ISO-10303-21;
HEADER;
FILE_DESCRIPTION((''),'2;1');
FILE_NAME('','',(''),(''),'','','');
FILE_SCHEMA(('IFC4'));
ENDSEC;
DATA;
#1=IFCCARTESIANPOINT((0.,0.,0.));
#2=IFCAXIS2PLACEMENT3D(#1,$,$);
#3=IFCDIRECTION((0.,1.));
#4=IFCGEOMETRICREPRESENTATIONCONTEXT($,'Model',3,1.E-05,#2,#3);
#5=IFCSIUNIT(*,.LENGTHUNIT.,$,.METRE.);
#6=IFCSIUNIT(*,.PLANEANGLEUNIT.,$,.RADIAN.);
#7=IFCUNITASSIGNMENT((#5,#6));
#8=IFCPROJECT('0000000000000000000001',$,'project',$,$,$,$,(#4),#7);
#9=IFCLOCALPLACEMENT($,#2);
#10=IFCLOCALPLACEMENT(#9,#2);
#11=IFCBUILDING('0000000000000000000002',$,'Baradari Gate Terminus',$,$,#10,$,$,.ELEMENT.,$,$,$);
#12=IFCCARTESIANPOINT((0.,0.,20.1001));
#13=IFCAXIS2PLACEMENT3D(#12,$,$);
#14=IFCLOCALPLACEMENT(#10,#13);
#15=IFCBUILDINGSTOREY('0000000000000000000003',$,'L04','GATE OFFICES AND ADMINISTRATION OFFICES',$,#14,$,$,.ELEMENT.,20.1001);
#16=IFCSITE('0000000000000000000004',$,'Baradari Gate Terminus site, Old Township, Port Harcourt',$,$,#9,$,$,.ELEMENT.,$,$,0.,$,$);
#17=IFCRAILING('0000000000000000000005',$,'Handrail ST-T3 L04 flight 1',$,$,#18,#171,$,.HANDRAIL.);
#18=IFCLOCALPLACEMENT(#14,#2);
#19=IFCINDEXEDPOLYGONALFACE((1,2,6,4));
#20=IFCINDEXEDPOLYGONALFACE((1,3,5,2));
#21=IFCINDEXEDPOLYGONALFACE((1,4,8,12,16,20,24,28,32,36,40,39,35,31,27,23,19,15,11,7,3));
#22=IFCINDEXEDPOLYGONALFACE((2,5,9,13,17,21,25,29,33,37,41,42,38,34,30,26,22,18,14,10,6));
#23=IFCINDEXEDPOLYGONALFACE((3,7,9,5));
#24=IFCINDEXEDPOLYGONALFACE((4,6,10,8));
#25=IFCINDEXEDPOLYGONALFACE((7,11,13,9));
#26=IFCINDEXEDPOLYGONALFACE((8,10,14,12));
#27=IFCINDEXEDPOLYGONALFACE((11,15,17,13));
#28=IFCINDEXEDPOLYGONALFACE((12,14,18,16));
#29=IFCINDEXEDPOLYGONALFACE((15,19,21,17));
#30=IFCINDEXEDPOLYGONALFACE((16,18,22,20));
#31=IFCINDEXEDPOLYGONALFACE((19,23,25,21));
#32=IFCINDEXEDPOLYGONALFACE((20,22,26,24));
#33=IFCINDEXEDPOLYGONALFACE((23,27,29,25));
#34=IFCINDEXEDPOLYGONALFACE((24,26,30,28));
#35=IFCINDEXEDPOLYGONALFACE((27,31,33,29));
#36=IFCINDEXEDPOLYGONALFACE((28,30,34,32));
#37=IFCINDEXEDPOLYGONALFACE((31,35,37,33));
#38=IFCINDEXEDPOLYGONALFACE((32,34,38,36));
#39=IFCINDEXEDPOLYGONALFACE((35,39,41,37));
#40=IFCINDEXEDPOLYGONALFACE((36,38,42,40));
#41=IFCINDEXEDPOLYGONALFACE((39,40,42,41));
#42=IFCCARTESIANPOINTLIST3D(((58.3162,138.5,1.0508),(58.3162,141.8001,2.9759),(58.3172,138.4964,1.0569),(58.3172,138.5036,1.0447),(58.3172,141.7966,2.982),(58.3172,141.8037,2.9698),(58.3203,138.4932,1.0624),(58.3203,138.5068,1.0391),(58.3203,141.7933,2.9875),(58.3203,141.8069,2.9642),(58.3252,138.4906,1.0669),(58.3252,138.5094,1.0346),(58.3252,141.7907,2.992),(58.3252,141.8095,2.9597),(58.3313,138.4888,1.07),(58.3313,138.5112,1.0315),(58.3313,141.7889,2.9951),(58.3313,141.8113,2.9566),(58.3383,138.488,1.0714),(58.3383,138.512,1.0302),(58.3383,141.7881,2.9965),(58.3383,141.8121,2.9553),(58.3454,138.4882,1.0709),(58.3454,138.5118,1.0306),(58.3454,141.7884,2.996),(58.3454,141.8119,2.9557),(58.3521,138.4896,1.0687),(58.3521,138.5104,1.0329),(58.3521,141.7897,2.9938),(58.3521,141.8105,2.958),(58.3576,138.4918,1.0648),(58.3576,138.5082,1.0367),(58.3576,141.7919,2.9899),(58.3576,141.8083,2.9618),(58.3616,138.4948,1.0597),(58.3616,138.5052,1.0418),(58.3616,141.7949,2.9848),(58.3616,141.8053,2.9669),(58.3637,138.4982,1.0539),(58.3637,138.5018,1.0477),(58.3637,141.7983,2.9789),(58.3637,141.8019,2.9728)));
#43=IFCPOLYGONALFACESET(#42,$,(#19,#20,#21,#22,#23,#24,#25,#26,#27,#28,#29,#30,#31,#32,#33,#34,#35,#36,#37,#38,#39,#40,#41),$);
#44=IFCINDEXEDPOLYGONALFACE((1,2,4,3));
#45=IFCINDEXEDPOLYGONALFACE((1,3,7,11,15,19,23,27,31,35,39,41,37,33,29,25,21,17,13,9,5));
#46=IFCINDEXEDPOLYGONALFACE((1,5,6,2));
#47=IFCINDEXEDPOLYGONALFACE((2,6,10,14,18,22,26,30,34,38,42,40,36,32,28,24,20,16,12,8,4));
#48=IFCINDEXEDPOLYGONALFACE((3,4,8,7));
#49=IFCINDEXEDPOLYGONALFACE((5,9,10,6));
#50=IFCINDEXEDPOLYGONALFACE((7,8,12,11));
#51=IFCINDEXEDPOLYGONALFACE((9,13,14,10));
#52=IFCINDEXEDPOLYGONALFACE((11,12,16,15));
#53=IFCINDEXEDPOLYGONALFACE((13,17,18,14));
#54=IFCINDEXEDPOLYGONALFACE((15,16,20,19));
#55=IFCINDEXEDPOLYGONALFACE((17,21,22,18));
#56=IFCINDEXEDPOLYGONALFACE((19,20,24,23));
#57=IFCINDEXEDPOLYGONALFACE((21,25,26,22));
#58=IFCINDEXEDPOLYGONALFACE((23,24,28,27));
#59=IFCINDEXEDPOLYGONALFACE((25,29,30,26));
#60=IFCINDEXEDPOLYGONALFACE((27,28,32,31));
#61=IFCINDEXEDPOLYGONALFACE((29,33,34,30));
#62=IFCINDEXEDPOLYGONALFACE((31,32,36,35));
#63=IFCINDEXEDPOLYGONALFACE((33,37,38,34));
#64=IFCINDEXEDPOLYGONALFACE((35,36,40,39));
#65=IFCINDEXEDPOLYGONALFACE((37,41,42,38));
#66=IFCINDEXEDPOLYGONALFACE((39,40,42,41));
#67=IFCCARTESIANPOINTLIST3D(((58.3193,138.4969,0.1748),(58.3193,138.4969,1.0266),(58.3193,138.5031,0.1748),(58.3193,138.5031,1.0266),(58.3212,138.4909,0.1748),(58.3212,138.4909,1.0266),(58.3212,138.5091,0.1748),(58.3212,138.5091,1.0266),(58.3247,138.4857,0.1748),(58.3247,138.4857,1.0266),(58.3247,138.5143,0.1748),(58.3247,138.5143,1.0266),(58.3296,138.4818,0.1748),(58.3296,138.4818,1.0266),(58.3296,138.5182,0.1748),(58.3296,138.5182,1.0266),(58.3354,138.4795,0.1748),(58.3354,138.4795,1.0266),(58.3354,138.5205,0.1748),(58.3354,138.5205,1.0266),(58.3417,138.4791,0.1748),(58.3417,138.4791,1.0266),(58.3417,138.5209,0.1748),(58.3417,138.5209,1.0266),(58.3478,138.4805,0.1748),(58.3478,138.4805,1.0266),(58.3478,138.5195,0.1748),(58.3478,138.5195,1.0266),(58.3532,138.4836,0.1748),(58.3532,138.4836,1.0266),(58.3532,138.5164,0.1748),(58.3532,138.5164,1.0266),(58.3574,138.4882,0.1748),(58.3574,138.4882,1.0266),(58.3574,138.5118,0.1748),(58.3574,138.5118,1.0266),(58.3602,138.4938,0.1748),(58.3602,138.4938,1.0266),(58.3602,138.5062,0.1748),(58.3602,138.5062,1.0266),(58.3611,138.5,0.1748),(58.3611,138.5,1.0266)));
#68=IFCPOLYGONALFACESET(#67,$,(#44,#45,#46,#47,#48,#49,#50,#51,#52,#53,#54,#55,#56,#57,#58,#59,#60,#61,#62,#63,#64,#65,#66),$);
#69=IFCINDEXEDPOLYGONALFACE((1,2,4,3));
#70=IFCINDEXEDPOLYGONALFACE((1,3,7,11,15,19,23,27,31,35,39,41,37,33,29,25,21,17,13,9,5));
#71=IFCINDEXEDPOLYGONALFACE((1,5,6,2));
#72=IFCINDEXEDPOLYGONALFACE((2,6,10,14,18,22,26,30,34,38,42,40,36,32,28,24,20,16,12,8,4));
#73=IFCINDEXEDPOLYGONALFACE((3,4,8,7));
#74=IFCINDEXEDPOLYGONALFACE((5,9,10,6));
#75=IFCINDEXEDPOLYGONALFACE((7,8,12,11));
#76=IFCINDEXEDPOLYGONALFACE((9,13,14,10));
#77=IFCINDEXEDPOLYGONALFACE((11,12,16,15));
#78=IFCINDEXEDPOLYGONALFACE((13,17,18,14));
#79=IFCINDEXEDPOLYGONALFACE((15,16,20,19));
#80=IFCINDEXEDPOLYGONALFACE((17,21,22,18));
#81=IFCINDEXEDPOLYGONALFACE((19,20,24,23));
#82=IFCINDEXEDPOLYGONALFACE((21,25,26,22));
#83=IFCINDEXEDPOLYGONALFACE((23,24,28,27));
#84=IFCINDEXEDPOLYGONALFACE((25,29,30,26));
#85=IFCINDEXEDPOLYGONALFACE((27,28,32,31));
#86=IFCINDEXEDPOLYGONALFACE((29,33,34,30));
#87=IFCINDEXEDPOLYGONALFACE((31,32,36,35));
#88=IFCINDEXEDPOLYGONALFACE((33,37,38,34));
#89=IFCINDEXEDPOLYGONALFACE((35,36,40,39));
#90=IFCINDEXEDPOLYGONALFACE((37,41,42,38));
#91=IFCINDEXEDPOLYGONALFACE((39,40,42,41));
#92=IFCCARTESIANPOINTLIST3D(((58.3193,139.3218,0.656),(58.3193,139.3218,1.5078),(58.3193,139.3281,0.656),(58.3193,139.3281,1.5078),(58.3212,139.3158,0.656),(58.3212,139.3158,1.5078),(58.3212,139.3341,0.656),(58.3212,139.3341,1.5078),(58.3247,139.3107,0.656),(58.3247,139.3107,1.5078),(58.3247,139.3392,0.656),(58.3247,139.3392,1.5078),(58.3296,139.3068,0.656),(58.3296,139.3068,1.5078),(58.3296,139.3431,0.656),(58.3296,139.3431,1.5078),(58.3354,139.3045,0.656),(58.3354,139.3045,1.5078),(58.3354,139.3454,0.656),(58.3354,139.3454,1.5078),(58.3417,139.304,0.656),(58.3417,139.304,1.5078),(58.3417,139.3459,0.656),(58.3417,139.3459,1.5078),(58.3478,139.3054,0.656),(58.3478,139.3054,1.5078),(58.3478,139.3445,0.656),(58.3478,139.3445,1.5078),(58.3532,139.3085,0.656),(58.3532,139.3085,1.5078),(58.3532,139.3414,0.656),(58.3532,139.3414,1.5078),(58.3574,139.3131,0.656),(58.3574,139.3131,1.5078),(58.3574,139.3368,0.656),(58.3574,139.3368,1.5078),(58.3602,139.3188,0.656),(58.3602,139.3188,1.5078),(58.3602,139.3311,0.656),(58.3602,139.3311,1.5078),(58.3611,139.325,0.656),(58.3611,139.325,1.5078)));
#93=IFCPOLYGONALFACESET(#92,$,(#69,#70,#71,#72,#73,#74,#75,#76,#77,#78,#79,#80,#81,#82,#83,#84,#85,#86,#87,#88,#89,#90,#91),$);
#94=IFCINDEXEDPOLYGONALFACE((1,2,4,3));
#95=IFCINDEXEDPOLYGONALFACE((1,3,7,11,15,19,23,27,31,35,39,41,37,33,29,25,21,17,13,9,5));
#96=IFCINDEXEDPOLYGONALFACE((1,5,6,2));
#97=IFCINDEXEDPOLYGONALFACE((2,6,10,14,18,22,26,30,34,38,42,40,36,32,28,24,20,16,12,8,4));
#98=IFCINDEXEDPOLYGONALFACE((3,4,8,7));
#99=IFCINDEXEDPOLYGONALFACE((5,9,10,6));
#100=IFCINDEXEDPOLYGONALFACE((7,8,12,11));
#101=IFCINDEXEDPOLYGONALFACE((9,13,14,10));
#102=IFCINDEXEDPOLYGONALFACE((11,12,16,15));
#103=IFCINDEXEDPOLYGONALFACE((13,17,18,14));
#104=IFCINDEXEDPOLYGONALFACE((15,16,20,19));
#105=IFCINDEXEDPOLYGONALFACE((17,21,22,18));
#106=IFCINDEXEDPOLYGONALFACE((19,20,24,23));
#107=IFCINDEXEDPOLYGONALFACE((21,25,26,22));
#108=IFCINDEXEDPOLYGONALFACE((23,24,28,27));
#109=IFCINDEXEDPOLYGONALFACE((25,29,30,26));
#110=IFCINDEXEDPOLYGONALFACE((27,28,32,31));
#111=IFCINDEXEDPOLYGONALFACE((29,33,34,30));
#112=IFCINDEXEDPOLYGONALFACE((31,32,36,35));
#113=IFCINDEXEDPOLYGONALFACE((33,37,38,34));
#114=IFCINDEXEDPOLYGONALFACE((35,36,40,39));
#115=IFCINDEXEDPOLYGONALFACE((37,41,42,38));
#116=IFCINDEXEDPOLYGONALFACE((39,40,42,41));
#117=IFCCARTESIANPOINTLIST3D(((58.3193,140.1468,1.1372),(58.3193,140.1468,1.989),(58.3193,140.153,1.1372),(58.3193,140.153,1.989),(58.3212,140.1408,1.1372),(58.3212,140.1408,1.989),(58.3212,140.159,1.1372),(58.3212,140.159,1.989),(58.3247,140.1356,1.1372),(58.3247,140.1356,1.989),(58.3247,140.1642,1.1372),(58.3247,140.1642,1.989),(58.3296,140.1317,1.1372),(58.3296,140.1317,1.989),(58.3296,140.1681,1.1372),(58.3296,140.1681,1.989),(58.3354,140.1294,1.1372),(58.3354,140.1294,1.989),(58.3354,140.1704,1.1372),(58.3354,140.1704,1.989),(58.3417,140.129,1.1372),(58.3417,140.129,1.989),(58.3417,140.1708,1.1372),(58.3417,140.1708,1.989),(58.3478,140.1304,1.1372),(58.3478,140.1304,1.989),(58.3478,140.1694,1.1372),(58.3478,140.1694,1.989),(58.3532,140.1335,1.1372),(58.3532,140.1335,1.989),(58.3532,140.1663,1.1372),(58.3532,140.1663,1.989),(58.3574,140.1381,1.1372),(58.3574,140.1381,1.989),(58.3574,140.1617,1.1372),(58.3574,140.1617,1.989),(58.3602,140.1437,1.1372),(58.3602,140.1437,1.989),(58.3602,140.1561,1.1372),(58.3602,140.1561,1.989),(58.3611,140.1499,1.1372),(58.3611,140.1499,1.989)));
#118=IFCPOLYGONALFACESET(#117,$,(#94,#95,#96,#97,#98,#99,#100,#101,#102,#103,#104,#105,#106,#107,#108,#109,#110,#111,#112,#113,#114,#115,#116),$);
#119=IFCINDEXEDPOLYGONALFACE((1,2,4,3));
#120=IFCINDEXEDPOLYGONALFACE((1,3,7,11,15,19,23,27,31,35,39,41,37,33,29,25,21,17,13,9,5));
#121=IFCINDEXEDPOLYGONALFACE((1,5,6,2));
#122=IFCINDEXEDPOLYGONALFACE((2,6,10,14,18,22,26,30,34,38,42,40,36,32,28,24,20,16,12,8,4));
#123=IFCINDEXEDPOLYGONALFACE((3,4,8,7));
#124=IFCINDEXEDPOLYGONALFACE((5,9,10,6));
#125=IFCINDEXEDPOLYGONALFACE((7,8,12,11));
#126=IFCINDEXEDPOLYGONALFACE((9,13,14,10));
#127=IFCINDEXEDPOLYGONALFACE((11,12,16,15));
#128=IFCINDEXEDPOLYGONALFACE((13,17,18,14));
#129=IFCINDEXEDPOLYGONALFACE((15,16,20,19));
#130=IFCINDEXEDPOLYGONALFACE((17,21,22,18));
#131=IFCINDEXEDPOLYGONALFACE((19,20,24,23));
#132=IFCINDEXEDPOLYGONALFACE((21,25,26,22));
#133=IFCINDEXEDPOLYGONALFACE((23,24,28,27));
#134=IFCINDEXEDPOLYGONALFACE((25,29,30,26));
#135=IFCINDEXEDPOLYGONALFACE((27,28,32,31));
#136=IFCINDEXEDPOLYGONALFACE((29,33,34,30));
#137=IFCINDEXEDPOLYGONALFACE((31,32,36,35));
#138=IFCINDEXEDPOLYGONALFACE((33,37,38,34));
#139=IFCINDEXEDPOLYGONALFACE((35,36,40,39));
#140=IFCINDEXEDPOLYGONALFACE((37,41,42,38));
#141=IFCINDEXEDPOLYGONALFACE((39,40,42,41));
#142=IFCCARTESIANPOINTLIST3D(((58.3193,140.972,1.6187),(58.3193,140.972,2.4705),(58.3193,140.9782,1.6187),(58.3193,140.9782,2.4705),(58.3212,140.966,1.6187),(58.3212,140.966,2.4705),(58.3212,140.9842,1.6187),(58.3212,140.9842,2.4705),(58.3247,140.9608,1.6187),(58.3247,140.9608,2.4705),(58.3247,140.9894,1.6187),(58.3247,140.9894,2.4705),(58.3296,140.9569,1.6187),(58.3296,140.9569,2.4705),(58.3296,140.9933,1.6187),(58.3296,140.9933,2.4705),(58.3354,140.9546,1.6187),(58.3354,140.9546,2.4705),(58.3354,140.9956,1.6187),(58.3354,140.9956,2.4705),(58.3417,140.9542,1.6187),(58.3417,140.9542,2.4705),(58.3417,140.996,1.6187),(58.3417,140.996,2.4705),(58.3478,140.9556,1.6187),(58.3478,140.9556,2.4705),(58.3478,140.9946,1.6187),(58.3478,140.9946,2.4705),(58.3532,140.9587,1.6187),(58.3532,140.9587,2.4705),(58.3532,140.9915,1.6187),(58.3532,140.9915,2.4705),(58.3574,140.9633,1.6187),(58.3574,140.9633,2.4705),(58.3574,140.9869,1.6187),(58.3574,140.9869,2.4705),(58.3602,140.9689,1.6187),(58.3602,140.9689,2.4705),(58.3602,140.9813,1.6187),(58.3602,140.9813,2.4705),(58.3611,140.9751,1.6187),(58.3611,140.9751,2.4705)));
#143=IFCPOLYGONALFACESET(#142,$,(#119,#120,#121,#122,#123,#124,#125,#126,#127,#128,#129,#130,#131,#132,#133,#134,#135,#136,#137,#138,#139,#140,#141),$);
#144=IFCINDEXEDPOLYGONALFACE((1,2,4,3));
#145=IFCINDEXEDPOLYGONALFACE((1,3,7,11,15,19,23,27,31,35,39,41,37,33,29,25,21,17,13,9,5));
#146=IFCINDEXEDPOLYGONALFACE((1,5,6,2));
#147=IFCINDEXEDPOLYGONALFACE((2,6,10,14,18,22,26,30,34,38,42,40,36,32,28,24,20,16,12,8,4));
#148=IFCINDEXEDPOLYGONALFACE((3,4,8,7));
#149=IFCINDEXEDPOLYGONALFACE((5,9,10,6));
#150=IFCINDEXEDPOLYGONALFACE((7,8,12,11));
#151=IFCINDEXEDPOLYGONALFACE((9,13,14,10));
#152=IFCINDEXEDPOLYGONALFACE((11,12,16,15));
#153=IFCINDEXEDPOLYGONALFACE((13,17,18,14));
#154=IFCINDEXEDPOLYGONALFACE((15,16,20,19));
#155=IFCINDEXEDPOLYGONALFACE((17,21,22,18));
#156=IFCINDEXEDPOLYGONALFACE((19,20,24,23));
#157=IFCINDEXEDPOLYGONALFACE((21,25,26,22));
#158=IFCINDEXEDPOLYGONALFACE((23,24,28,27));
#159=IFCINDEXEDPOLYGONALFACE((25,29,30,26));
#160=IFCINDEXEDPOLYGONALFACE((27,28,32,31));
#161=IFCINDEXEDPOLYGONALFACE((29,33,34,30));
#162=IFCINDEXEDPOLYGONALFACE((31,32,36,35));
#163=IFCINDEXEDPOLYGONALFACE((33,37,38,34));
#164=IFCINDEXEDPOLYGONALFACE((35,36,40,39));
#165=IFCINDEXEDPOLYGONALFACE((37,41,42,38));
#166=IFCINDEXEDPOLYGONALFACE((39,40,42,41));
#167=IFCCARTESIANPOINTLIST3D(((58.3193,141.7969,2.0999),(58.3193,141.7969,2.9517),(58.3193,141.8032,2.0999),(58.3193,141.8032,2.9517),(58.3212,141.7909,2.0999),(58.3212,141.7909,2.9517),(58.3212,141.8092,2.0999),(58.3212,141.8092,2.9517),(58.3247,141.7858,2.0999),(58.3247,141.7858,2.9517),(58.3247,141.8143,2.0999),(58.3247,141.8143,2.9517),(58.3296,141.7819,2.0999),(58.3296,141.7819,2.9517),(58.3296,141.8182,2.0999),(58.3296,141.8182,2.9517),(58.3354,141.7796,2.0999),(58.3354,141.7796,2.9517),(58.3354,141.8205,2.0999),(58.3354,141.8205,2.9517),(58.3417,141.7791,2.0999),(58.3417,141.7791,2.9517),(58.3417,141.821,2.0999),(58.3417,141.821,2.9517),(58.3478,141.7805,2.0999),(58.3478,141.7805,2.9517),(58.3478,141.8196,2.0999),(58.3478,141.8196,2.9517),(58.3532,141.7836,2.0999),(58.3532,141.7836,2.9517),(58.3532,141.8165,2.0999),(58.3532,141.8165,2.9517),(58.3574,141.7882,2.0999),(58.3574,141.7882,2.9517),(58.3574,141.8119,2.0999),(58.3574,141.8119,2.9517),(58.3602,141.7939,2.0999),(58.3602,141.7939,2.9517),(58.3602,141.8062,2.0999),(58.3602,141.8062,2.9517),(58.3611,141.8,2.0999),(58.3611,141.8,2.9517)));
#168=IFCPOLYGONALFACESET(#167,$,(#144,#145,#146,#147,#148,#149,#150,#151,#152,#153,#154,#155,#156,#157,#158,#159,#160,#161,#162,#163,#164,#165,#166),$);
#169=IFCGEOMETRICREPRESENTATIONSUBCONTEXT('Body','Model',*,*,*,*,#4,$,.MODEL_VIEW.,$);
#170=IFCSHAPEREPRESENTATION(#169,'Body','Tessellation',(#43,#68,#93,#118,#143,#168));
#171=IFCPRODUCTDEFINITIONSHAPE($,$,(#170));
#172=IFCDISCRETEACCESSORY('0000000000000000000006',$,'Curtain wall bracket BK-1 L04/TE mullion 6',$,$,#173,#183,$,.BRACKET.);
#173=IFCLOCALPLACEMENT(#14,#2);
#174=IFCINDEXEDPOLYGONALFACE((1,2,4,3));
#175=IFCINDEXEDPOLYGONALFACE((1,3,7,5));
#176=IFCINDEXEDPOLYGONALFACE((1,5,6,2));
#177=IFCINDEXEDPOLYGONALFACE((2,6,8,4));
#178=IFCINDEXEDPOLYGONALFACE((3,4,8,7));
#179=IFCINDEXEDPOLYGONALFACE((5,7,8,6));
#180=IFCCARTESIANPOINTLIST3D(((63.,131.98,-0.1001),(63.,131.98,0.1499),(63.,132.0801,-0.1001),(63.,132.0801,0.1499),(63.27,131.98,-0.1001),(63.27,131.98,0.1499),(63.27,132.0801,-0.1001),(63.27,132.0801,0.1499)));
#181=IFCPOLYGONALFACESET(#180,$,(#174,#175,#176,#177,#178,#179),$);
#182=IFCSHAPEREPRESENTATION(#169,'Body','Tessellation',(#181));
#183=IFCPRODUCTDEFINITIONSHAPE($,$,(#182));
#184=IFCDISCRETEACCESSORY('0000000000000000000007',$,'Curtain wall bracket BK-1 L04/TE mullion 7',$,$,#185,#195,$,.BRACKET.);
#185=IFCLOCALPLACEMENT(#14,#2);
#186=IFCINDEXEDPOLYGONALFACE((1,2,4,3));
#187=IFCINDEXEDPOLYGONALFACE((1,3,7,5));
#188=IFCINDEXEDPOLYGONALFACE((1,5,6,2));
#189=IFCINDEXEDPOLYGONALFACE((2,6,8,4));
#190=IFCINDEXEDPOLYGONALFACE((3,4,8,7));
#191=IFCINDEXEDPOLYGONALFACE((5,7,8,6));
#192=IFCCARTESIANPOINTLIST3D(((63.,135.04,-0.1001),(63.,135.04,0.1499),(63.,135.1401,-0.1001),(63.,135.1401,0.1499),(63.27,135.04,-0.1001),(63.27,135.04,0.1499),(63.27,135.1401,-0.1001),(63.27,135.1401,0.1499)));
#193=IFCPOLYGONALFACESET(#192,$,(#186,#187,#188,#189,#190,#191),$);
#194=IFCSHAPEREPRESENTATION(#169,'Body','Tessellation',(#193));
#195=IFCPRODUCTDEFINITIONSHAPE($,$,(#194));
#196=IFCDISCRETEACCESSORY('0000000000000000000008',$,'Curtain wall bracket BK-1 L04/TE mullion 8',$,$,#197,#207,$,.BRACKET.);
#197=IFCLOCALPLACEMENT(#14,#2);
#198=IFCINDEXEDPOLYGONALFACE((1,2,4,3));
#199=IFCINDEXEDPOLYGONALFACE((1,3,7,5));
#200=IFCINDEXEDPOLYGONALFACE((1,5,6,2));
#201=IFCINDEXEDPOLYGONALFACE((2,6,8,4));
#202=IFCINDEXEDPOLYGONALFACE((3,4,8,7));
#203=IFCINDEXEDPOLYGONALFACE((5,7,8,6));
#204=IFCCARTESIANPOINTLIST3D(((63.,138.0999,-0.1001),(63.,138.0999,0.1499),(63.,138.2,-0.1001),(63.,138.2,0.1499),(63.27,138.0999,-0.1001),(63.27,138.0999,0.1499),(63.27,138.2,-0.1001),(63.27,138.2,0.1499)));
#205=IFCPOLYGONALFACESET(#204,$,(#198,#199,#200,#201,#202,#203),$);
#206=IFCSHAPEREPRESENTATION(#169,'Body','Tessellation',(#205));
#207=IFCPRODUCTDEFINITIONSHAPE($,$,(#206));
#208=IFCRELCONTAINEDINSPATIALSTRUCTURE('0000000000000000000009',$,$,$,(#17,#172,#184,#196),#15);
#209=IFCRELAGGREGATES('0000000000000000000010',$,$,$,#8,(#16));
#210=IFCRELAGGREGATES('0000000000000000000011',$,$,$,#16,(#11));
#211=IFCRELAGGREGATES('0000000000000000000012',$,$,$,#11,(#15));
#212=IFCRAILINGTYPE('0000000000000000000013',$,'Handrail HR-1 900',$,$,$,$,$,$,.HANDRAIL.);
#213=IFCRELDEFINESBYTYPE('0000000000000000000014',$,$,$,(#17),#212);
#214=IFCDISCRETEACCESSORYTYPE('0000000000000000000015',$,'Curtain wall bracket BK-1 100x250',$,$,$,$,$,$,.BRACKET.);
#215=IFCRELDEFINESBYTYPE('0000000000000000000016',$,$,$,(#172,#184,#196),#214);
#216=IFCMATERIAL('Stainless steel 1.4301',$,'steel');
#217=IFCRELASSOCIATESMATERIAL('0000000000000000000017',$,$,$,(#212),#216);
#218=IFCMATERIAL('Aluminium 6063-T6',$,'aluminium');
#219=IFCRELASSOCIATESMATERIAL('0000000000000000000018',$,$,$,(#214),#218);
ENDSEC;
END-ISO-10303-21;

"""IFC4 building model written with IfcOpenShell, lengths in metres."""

from ifc_helpers import new_model, si_unit, direction, frame, origin, origin_2d, place, context, subcontext, project, spatial, rectangle, circle, extrude, material, type_object, element, save


model = new_model("IFC4")

# Units and contexts
model_context = context("Model", 3, precision=1e-05, world=origin(), true_north=direction((0.0, 1.0)))
body_context = subcontext(model_context, "Body", "Model", "MODEL_VIEW")
ifc_project = project(units=[si_unit("LENGTHUNIT", "METRE"), si_unit("PLANEANGLEUNIT", "RADIAN")], contexts=[model_context])

# Site, building, storey
site_placement = place(None, origin())
site = spatial("IfcSite", under=ifc_project, at=site_placement, Name="Baradari Gate Terminus site, Old Township, Port Harcourt", CompositionType="ELEMENT", RefElevation=0.0)
building_placement = place(site_placement, origin())
building = spatial("IfcBuilding", under=site, at=building_placement, Name="Baradari Gate Terminus", CompositionType="ELEMENT")
storey_placement = place(building_placement, frame((0.0, 0.0, 20.1001)))
storey = spatial("IfcBuildingStorey", under=building, at=storey_placement, Name="L04", Description="GATE OFFICES AND ADMINISTRATION OFFICES", CompositionType="ELEMENT", Elevation=20.1001)

# Railing
ifc_material_1 = material(Name="Stainless steel 1.4301", Category="steel")
railing_type = type_object("IfcRailingType", Name="Handrail HR-1 900", PredefinedType="HANDRAIL", material=ifc_material_1)
for number, where, name in (
    (1, (58.3401, 138.5, 0.1748), "Handrail ST-T3 L04 flight 1"),
):
    element("IfcRailing", number, at=place(storey_placement, frame(where)), inside=storey, type_object=railing_type, Name=name, PredefinedType="HANDRAIL", context=body_context, shape_type="SweptSolid", body=[
        extrude(circle(Radius=0.0239, at=origin_2d()), frame((0.0, 0.0, 0.876), z_axis=(0.0, 0.863777, 0.503875), x_axis=(-1.0, 0.0, 0.0)), (0.0, 0.0, 1.0), 3.8206),
        extrude(circle(Radius=0.021, at=origin_2d()), origin(), (0.0, 0.0, 1.0), 0.8518),
        extrude(circle(Radius=0.021, at=origin_2d()), frame((0.0, 0.825, 0.4812)), (0.0, 0.0, 1.0), 0.8518),
        extrude(circle(Radius=0.021, at=origin_2d()), frame((0.0, 1.6499, 0.9624)), (0.0, 0.0, 1.0), 0.8518),
        extrude(circle(Radius=0.021, at=origin_2d()), frame((0.0, 2.4751, 1.4438)), (0.0, 0.0, 1.0), 0.8518),
        extrude(circle(Radius=0.021, at=origin_2d()), frame((0.0, 3.3, 1.925)), (0.0, 0.0, 1.0), 0.8518),
    ])

# Discrete accessories
ifc_material_2 = material(Name="Aluminium 6063-T6", Category="aluminium")
discrete_accessory_type = type_object("IfcDiscreteAccessoryType", Name="Curtain wall bracket BK-1 100x250", PredefinedType="BRACKET", material=ifc_material_2)
for number, where, z_axis, x_axis, name in (
    (2, (63.135, 132.03, -0.1001), (0.0, 0.0, 1.0), (1.0, 0.0, 0.0), "Curtain wall bracket BK-1 L04/TE mullion 6"),
    (3, (63.135, 135.0901, -0.1001), (0.0, 0.0, 1.0), (1.0, 0.0, 0.0), "Curtain wall bracket BK-1 L04/TE mullion 7"),
    (4, (63.135, 138.1499, -0.1001), (0.0, 0.0, 1.0), (1.0, 0.0, 0.0), "Curtain wall bracket BK-1 L04/TE mullion 8"),
):
    element("IfcDiscreteAccessory", number, at=place(storey_placement, frame(where, z_axis=z_axis, x_axis=x_axis)), inside=storey, type_object=discrete_accessory_type, Name=name, PredefinedType="BRACKET", context=body_context, shape_type="SweptSolid", body=[
        extrude(rectangle(XDim=0.27, YDim=0.1001, at=origin_2d()), origin(), (0.0, 0.0, 1.0), 0.25),
    ])

save(model, "model.ifc")
